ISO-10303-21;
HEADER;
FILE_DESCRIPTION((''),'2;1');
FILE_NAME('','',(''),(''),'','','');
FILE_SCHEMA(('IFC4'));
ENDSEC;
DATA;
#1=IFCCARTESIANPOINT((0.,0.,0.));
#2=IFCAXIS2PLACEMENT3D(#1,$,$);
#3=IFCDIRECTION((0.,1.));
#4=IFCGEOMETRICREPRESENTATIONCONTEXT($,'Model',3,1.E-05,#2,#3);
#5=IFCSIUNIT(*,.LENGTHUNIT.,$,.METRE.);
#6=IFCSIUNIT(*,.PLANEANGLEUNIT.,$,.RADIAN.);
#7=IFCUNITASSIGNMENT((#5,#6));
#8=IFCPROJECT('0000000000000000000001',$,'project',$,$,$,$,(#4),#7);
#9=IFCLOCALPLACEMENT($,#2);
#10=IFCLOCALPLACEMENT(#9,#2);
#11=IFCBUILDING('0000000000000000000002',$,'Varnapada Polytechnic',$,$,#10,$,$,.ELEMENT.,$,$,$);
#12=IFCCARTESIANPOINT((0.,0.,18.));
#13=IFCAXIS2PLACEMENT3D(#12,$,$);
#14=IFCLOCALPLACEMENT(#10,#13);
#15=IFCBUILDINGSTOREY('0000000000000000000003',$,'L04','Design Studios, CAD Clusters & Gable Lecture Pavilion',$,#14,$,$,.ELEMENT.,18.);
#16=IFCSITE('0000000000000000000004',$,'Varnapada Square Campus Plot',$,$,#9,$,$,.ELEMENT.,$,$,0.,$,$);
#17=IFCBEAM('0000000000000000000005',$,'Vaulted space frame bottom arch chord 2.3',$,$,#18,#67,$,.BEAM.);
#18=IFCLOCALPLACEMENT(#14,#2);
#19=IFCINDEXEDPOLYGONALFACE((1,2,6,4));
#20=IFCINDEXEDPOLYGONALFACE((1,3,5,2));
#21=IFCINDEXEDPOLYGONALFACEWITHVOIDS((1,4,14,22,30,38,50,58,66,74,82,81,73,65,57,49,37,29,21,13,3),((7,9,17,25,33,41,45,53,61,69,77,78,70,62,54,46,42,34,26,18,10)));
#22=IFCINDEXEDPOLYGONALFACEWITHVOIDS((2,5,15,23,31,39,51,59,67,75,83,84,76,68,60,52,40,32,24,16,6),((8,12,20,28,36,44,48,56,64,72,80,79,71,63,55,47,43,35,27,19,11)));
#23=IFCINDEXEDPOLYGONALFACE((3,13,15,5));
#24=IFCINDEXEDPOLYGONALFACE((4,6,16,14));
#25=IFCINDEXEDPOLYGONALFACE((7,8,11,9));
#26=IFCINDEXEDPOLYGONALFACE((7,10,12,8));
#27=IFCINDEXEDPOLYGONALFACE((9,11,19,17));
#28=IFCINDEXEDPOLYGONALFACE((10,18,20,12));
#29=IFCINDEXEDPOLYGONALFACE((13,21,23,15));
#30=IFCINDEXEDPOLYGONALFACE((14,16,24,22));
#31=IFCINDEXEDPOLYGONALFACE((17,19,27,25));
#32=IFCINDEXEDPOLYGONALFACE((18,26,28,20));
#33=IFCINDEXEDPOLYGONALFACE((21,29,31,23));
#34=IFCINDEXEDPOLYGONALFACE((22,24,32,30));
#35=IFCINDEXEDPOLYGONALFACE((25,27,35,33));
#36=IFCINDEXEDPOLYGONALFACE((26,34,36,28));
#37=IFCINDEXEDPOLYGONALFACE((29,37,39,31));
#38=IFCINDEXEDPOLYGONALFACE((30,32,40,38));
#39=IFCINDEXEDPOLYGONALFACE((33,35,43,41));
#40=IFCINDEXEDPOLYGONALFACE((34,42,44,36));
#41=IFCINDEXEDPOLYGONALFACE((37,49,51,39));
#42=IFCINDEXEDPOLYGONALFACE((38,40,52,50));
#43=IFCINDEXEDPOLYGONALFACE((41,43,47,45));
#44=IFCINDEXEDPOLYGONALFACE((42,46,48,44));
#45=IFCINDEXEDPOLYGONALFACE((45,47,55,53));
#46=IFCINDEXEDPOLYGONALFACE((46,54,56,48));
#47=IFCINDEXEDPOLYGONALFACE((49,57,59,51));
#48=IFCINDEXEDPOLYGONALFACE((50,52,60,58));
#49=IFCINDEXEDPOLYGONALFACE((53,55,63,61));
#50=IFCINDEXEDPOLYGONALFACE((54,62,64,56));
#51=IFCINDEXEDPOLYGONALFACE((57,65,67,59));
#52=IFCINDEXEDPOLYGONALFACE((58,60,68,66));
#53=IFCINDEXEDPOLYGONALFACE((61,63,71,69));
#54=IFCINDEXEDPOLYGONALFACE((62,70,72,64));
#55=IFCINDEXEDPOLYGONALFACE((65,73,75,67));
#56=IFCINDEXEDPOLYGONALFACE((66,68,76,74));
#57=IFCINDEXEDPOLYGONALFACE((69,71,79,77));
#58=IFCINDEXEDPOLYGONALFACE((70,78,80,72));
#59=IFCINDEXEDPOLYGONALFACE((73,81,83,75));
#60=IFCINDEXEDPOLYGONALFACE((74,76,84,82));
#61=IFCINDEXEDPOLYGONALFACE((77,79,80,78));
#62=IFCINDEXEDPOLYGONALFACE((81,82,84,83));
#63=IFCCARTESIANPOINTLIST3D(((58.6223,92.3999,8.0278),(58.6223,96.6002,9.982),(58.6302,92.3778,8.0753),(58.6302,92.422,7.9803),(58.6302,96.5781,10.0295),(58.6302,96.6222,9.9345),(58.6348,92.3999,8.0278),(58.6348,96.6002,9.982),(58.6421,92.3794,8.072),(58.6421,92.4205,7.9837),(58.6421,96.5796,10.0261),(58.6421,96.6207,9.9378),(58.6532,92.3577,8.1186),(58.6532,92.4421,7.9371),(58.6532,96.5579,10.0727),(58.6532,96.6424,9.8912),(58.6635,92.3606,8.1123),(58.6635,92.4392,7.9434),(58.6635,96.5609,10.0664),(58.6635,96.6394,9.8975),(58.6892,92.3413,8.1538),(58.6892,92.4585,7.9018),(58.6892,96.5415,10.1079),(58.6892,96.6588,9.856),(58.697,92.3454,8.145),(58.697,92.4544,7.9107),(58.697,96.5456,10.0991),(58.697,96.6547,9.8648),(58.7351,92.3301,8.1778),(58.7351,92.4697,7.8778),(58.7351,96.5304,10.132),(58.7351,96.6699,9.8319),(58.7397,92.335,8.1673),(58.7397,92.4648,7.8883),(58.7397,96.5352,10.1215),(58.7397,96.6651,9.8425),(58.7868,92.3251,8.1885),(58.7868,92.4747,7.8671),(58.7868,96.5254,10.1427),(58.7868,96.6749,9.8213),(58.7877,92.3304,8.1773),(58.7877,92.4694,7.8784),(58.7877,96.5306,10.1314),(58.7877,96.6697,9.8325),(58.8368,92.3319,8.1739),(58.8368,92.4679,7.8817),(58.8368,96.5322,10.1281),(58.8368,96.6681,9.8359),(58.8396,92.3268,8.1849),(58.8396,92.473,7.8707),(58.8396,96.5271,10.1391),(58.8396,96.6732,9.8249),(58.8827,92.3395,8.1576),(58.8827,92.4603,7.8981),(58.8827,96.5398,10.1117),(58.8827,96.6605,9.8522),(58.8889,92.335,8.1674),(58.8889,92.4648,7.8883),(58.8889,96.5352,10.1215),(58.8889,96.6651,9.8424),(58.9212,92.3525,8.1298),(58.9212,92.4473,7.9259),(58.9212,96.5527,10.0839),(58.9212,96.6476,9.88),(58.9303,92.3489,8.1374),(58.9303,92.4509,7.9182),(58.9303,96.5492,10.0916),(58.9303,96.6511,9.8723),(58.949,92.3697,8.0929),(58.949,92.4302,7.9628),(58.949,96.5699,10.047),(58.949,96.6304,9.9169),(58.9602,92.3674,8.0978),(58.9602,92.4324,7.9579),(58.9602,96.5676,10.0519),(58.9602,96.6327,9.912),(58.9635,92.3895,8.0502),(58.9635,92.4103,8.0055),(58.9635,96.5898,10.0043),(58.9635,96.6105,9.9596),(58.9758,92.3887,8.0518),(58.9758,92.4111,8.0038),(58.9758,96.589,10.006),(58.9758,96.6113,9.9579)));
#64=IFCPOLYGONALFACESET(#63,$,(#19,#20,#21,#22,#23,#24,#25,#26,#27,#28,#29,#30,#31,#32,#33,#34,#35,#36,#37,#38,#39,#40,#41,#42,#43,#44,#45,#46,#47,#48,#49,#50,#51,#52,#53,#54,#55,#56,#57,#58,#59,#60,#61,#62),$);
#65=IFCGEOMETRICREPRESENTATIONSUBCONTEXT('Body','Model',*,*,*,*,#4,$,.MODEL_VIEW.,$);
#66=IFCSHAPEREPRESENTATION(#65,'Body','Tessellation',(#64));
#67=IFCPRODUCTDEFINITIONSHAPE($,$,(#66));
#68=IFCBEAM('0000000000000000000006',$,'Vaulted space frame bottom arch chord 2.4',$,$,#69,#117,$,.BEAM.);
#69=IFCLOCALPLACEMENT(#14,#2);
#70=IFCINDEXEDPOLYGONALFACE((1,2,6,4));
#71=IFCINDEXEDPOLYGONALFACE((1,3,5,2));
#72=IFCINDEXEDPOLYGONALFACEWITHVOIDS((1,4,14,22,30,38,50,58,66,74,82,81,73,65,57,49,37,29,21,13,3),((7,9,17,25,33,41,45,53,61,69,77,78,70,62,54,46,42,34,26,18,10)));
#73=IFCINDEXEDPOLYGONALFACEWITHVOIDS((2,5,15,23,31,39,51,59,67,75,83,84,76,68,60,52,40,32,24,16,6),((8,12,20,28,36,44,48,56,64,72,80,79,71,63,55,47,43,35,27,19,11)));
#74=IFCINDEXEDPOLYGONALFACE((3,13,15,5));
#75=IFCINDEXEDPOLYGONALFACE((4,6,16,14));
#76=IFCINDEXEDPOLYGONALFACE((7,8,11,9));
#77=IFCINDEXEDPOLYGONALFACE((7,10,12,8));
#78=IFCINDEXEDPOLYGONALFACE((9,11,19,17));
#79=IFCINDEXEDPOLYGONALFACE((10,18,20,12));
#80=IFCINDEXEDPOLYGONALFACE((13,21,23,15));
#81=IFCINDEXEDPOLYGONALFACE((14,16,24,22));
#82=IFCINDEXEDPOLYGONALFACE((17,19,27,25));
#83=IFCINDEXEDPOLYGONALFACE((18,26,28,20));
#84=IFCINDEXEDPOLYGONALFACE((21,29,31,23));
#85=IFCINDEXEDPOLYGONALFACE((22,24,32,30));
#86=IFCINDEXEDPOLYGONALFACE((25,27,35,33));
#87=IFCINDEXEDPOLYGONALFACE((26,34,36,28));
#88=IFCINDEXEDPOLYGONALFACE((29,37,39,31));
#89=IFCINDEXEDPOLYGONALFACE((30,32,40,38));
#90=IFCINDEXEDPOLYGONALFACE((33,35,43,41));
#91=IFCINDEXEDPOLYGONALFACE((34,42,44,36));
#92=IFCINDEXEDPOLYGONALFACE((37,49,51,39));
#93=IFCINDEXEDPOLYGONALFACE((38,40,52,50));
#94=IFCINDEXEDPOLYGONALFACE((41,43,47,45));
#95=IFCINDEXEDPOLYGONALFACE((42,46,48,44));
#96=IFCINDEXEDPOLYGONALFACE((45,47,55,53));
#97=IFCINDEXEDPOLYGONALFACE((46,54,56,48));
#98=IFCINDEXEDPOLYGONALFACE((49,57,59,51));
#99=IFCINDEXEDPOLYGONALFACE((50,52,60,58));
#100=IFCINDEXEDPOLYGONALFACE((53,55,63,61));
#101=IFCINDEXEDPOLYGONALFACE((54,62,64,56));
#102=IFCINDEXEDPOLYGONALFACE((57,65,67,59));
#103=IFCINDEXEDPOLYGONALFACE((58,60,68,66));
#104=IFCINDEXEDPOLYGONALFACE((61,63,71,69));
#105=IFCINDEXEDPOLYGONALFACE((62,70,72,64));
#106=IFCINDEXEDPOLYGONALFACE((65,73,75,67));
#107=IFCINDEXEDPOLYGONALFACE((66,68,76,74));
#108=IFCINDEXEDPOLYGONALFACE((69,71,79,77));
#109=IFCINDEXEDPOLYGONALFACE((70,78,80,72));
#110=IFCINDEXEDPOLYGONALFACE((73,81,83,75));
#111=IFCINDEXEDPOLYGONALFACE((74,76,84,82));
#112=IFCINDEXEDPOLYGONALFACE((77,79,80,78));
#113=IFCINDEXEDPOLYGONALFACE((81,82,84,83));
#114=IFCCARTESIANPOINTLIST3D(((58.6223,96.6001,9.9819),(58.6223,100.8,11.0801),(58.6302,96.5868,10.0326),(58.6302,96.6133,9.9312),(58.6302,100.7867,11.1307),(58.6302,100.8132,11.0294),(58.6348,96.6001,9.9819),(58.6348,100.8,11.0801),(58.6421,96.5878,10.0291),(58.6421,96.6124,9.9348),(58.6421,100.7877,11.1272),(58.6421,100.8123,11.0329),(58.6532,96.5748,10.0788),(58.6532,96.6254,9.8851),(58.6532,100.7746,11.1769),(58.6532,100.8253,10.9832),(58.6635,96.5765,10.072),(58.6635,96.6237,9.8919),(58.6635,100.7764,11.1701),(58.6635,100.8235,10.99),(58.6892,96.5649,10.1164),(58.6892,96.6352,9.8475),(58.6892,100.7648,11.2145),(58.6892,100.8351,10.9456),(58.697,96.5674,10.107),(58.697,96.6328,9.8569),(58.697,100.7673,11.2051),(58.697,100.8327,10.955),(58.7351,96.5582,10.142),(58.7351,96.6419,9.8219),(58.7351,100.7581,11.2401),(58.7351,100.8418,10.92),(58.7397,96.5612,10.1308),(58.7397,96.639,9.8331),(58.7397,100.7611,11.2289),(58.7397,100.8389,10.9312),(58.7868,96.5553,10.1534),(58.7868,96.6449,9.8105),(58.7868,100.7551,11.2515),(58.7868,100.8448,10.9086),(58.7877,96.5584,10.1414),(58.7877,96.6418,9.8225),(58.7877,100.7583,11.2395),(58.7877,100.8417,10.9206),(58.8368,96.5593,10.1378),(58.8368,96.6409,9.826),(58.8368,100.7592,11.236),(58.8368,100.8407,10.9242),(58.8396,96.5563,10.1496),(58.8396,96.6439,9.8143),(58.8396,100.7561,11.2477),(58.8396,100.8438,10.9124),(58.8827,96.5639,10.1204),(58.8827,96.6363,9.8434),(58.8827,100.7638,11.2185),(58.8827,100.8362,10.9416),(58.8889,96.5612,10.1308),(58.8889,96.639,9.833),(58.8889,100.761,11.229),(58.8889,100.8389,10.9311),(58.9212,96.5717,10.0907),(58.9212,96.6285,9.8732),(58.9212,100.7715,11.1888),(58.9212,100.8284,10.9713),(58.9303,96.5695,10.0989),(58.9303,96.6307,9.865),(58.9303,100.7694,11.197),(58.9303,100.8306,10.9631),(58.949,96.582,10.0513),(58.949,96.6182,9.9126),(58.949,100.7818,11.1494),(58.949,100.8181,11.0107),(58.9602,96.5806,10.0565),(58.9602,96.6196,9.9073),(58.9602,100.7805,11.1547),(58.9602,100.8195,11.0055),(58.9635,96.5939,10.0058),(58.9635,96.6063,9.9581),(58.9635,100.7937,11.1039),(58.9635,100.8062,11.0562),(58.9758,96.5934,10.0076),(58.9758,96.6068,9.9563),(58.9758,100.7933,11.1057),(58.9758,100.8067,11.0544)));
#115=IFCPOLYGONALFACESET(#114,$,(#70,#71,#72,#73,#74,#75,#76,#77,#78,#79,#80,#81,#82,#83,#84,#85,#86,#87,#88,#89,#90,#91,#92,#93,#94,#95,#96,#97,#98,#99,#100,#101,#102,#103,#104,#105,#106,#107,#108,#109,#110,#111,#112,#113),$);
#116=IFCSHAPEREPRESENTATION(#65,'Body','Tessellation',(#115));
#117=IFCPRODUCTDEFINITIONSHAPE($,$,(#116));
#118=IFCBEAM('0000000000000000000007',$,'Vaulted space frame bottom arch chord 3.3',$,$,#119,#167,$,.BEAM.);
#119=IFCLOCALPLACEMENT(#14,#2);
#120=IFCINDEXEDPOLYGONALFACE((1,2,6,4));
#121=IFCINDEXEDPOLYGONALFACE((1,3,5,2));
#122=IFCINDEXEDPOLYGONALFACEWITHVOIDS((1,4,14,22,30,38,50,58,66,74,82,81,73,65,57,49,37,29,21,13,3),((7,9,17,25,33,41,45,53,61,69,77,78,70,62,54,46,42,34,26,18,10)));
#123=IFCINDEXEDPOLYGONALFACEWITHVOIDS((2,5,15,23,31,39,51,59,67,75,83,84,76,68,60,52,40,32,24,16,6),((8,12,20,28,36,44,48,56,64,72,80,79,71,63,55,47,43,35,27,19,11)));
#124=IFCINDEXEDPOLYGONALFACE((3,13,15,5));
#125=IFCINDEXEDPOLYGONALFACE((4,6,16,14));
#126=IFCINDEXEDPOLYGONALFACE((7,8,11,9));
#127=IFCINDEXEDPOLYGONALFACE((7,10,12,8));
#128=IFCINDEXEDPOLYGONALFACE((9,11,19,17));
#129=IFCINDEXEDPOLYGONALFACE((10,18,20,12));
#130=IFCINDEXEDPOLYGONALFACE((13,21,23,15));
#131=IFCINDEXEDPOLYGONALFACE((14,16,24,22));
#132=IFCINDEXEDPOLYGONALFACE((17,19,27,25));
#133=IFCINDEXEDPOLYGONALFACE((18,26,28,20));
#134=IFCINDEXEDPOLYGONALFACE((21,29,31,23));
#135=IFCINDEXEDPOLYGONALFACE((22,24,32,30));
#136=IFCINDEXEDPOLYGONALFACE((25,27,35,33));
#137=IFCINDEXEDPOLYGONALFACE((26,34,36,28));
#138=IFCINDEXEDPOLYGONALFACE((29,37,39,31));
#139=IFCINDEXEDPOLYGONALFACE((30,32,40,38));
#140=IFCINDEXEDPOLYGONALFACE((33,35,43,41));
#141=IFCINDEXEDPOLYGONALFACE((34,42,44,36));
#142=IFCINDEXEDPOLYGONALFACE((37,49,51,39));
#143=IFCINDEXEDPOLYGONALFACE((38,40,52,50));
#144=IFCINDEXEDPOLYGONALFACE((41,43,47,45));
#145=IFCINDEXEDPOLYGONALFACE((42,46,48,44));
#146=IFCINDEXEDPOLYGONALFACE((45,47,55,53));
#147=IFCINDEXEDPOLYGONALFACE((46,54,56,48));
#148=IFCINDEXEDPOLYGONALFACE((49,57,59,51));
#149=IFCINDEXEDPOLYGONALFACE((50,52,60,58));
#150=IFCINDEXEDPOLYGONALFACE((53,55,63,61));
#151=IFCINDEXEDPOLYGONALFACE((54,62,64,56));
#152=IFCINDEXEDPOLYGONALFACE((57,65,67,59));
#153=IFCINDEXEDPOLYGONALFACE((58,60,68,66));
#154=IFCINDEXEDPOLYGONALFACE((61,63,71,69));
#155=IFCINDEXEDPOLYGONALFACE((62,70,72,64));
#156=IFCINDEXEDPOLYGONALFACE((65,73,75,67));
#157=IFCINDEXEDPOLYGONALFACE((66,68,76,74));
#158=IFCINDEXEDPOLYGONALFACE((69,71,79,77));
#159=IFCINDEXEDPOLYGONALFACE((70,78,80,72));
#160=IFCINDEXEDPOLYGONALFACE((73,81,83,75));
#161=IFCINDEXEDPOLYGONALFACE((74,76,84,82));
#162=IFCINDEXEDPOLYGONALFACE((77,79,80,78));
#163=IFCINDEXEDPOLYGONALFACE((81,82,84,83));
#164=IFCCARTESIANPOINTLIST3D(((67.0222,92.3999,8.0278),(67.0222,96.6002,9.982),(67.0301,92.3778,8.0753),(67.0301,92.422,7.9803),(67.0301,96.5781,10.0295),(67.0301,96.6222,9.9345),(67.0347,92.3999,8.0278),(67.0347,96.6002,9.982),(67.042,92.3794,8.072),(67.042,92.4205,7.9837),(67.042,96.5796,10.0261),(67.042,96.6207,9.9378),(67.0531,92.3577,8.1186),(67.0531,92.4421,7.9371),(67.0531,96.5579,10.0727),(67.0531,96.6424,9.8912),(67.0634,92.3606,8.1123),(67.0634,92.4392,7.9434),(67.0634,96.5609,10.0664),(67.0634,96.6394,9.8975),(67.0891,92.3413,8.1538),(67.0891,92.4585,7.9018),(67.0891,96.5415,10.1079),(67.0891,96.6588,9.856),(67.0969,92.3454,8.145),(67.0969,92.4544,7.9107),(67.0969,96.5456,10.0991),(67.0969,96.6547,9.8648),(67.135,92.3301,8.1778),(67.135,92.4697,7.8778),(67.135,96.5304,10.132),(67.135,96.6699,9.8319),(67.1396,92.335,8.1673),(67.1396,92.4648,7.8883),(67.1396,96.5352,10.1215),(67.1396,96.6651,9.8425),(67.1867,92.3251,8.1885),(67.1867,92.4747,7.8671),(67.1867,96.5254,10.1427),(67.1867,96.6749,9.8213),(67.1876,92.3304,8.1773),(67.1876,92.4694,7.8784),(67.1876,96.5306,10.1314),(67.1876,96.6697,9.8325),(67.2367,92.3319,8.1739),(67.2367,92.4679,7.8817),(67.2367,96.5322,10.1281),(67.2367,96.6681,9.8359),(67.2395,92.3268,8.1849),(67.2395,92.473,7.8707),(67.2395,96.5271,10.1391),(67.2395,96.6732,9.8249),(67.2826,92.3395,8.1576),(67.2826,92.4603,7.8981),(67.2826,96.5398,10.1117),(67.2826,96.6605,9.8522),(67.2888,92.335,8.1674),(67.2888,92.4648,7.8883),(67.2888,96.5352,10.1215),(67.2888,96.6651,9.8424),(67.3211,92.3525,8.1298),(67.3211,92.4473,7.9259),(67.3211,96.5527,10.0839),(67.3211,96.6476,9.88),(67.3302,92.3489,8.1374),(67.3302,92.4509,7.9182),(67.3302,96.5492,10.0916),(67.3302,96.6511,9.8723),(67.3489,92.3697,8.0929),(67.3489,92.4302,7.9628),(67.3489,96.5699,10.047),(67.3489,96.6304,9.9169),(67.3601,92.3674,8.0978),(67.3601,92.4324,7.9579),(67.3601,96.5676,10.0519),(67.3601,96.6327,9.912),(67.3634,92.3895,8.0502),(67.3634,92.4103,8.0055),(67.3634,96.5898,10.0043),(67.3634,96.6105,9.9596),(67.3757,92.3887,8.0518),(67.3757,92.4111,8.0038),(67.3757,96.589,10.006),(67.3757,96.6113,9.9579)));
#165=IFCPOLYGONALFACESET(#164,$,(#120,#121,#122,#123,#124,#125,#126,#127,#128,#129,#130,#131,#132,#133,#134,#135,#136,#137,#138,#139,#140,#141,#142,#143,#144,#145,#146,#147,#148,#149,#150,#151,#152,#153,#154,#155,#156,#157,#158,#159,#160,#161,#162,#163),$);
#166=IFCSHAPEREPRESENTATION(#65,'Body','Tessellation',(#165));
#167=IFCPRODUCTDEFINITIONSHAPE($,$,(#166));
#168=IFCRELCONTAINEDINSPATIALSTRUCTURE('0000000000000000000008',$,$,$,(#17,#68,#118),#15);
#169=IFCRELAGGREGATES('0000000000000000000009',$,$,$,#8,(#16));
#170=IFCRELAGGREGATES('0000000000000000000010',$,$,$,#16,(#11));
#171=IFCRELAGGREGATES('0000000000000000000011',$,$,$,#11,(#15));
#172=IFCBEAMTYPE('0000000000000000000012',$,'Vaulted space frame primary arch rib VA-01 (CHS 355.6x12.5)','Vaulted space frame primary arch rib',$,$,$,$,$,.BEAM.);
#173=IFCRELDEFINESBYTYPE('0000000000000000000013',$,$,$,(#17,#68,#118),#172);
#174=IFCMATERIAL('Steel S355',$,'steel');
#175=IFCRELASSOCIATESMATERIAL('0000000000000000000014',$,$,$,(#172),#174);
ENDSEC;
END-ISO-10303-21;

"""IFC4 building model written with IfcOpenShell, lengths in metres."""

from ifc_helpers import new_model, si_unit, direction, frame, origin, origin_2d, place, context, subcontext, project, spatial, hollow_circle, extrude, material, material_profile, profile_set, type_object, element, save


model = new_model("IFC4")

# Units and contexts
model_context = context("Model", 3, precision=1e-05, world=origin(), true_north=direction((0.0, 1.0)))
body_context = subcontext(model_context, "Body", "Model", "MODEL_VIEW")
ifc_project = project(units=[si_unit("LENGTHUNIT", "METRE"), si_unit("PLANEANGLEUNIT", "RADIAN")], contexts=[model_context])

# Site, building, storey
site_placement = place(None, origin())
site = spatial("IfcSite", under=ifc_project, at=site_placement, Name="Varnapada Square Campus Plot", CompositionType="ELEMENT", RefElevation=0.0)
building_placement = place(site_placement, origin())
building = spatial("IfcBuilding", under=site, at=building_placement, Name="Varnapada Polytechnic", CompositionType="ELEMENT")
storey_placement = place(building_placement, frame((0.0, 0.0, 18.0)))
storey = spatial("IfcBuildingStorey", under=building, at=storey_placement, Name="L04", Description="Design Studios, CAD Clusters & Gable Lecture Pavilion", CompositionType="ELEMENT", Elevation=18.0)

# Shared definitions
ifc_material = material(Name="Steel S355", Category="steel")

# Beams
ifc_material_profile_1 = material_profile(ifc_material, hollow_circle(Radius=0.1777, WallThickness=0.0125, at=origin_2d()), Name="CHS 355.6x12.5")
ifc_profile_set_1 = profile_set([ifc_material_profile_1], Name="Steel S355")
beam_type_1 = type_object("IfcBeamType", Name="Vaulted space frame primary arch rib VA-01 (CHS 355.6x12.5)", Description="Vaulted space frame primary arch rib", PredefinedType="BEAM", material=ifc_profile_set_1)
beam_1_placement = place(storey_placement, frame((58.8, 92.3999, 8.0278), z_axis=(0.0, 0.906678, 0.421823), x_axis=(-1.0, 0.0, 0.0)))
element("IfcBeam", 1, at=beam_1_placement, inside=storey, type_object=beam_type_1, Name="Vaulted space frame bottom arch chord 2.3", PredefinedType="BEAM", context=body_context, shape_type="SweptSolid", body=[
    extrude(hollow_circle(Radius=0.1777, WallThickness=0.0125, at=origin_2d()), origin(), (0.0, 0.0, 1.0), 4.6326),
])
beam_2_placement = place(storey_placement, frame((58.8, 96.6001, 9.9819), z_axis=(0.0, 0.967476, 0.252962), x_axis=(-1.0, 0.0, 0.0)))
element("IfcBeam", 2, at=beam_2_placement, inside=storey, type_object=beam_type_1, Name="Vaulted space frame bottom arch chord 2.4", PredefinedType="BEAM", context=body_context, shape_type="SweptSolid", body=[
    extrude(hollow_circle(Radius=0.1777, WallThickness=0.0125, at=origin_2d()), origin(), (0.0, 0.0, 1.0), 4.3411),
])
beam_3_placement = place(storey_placement, frame((67.2, 92.3999, 8.0278), z_axis=(0.0, 0.906678, 0.421823), x_axis=(-1.0, 0.0, 0.0)))
element("IfcBeam", 3, at=beam_3_placement, inside=storey, type_object=beam_type_1, Name="Vaulted space frame bottom arch chord 3.3", PredefinedType="BEAM", context=body_context, shape_type="SweptSolid", body=[
    extrude(hollow_circle(Radius=0.1777, WallThickness=0.0125, at=origin_2d()), origin(), (0.0, 0.0, 1.0), 4.6326),
])

save(model, "model.ifc")
